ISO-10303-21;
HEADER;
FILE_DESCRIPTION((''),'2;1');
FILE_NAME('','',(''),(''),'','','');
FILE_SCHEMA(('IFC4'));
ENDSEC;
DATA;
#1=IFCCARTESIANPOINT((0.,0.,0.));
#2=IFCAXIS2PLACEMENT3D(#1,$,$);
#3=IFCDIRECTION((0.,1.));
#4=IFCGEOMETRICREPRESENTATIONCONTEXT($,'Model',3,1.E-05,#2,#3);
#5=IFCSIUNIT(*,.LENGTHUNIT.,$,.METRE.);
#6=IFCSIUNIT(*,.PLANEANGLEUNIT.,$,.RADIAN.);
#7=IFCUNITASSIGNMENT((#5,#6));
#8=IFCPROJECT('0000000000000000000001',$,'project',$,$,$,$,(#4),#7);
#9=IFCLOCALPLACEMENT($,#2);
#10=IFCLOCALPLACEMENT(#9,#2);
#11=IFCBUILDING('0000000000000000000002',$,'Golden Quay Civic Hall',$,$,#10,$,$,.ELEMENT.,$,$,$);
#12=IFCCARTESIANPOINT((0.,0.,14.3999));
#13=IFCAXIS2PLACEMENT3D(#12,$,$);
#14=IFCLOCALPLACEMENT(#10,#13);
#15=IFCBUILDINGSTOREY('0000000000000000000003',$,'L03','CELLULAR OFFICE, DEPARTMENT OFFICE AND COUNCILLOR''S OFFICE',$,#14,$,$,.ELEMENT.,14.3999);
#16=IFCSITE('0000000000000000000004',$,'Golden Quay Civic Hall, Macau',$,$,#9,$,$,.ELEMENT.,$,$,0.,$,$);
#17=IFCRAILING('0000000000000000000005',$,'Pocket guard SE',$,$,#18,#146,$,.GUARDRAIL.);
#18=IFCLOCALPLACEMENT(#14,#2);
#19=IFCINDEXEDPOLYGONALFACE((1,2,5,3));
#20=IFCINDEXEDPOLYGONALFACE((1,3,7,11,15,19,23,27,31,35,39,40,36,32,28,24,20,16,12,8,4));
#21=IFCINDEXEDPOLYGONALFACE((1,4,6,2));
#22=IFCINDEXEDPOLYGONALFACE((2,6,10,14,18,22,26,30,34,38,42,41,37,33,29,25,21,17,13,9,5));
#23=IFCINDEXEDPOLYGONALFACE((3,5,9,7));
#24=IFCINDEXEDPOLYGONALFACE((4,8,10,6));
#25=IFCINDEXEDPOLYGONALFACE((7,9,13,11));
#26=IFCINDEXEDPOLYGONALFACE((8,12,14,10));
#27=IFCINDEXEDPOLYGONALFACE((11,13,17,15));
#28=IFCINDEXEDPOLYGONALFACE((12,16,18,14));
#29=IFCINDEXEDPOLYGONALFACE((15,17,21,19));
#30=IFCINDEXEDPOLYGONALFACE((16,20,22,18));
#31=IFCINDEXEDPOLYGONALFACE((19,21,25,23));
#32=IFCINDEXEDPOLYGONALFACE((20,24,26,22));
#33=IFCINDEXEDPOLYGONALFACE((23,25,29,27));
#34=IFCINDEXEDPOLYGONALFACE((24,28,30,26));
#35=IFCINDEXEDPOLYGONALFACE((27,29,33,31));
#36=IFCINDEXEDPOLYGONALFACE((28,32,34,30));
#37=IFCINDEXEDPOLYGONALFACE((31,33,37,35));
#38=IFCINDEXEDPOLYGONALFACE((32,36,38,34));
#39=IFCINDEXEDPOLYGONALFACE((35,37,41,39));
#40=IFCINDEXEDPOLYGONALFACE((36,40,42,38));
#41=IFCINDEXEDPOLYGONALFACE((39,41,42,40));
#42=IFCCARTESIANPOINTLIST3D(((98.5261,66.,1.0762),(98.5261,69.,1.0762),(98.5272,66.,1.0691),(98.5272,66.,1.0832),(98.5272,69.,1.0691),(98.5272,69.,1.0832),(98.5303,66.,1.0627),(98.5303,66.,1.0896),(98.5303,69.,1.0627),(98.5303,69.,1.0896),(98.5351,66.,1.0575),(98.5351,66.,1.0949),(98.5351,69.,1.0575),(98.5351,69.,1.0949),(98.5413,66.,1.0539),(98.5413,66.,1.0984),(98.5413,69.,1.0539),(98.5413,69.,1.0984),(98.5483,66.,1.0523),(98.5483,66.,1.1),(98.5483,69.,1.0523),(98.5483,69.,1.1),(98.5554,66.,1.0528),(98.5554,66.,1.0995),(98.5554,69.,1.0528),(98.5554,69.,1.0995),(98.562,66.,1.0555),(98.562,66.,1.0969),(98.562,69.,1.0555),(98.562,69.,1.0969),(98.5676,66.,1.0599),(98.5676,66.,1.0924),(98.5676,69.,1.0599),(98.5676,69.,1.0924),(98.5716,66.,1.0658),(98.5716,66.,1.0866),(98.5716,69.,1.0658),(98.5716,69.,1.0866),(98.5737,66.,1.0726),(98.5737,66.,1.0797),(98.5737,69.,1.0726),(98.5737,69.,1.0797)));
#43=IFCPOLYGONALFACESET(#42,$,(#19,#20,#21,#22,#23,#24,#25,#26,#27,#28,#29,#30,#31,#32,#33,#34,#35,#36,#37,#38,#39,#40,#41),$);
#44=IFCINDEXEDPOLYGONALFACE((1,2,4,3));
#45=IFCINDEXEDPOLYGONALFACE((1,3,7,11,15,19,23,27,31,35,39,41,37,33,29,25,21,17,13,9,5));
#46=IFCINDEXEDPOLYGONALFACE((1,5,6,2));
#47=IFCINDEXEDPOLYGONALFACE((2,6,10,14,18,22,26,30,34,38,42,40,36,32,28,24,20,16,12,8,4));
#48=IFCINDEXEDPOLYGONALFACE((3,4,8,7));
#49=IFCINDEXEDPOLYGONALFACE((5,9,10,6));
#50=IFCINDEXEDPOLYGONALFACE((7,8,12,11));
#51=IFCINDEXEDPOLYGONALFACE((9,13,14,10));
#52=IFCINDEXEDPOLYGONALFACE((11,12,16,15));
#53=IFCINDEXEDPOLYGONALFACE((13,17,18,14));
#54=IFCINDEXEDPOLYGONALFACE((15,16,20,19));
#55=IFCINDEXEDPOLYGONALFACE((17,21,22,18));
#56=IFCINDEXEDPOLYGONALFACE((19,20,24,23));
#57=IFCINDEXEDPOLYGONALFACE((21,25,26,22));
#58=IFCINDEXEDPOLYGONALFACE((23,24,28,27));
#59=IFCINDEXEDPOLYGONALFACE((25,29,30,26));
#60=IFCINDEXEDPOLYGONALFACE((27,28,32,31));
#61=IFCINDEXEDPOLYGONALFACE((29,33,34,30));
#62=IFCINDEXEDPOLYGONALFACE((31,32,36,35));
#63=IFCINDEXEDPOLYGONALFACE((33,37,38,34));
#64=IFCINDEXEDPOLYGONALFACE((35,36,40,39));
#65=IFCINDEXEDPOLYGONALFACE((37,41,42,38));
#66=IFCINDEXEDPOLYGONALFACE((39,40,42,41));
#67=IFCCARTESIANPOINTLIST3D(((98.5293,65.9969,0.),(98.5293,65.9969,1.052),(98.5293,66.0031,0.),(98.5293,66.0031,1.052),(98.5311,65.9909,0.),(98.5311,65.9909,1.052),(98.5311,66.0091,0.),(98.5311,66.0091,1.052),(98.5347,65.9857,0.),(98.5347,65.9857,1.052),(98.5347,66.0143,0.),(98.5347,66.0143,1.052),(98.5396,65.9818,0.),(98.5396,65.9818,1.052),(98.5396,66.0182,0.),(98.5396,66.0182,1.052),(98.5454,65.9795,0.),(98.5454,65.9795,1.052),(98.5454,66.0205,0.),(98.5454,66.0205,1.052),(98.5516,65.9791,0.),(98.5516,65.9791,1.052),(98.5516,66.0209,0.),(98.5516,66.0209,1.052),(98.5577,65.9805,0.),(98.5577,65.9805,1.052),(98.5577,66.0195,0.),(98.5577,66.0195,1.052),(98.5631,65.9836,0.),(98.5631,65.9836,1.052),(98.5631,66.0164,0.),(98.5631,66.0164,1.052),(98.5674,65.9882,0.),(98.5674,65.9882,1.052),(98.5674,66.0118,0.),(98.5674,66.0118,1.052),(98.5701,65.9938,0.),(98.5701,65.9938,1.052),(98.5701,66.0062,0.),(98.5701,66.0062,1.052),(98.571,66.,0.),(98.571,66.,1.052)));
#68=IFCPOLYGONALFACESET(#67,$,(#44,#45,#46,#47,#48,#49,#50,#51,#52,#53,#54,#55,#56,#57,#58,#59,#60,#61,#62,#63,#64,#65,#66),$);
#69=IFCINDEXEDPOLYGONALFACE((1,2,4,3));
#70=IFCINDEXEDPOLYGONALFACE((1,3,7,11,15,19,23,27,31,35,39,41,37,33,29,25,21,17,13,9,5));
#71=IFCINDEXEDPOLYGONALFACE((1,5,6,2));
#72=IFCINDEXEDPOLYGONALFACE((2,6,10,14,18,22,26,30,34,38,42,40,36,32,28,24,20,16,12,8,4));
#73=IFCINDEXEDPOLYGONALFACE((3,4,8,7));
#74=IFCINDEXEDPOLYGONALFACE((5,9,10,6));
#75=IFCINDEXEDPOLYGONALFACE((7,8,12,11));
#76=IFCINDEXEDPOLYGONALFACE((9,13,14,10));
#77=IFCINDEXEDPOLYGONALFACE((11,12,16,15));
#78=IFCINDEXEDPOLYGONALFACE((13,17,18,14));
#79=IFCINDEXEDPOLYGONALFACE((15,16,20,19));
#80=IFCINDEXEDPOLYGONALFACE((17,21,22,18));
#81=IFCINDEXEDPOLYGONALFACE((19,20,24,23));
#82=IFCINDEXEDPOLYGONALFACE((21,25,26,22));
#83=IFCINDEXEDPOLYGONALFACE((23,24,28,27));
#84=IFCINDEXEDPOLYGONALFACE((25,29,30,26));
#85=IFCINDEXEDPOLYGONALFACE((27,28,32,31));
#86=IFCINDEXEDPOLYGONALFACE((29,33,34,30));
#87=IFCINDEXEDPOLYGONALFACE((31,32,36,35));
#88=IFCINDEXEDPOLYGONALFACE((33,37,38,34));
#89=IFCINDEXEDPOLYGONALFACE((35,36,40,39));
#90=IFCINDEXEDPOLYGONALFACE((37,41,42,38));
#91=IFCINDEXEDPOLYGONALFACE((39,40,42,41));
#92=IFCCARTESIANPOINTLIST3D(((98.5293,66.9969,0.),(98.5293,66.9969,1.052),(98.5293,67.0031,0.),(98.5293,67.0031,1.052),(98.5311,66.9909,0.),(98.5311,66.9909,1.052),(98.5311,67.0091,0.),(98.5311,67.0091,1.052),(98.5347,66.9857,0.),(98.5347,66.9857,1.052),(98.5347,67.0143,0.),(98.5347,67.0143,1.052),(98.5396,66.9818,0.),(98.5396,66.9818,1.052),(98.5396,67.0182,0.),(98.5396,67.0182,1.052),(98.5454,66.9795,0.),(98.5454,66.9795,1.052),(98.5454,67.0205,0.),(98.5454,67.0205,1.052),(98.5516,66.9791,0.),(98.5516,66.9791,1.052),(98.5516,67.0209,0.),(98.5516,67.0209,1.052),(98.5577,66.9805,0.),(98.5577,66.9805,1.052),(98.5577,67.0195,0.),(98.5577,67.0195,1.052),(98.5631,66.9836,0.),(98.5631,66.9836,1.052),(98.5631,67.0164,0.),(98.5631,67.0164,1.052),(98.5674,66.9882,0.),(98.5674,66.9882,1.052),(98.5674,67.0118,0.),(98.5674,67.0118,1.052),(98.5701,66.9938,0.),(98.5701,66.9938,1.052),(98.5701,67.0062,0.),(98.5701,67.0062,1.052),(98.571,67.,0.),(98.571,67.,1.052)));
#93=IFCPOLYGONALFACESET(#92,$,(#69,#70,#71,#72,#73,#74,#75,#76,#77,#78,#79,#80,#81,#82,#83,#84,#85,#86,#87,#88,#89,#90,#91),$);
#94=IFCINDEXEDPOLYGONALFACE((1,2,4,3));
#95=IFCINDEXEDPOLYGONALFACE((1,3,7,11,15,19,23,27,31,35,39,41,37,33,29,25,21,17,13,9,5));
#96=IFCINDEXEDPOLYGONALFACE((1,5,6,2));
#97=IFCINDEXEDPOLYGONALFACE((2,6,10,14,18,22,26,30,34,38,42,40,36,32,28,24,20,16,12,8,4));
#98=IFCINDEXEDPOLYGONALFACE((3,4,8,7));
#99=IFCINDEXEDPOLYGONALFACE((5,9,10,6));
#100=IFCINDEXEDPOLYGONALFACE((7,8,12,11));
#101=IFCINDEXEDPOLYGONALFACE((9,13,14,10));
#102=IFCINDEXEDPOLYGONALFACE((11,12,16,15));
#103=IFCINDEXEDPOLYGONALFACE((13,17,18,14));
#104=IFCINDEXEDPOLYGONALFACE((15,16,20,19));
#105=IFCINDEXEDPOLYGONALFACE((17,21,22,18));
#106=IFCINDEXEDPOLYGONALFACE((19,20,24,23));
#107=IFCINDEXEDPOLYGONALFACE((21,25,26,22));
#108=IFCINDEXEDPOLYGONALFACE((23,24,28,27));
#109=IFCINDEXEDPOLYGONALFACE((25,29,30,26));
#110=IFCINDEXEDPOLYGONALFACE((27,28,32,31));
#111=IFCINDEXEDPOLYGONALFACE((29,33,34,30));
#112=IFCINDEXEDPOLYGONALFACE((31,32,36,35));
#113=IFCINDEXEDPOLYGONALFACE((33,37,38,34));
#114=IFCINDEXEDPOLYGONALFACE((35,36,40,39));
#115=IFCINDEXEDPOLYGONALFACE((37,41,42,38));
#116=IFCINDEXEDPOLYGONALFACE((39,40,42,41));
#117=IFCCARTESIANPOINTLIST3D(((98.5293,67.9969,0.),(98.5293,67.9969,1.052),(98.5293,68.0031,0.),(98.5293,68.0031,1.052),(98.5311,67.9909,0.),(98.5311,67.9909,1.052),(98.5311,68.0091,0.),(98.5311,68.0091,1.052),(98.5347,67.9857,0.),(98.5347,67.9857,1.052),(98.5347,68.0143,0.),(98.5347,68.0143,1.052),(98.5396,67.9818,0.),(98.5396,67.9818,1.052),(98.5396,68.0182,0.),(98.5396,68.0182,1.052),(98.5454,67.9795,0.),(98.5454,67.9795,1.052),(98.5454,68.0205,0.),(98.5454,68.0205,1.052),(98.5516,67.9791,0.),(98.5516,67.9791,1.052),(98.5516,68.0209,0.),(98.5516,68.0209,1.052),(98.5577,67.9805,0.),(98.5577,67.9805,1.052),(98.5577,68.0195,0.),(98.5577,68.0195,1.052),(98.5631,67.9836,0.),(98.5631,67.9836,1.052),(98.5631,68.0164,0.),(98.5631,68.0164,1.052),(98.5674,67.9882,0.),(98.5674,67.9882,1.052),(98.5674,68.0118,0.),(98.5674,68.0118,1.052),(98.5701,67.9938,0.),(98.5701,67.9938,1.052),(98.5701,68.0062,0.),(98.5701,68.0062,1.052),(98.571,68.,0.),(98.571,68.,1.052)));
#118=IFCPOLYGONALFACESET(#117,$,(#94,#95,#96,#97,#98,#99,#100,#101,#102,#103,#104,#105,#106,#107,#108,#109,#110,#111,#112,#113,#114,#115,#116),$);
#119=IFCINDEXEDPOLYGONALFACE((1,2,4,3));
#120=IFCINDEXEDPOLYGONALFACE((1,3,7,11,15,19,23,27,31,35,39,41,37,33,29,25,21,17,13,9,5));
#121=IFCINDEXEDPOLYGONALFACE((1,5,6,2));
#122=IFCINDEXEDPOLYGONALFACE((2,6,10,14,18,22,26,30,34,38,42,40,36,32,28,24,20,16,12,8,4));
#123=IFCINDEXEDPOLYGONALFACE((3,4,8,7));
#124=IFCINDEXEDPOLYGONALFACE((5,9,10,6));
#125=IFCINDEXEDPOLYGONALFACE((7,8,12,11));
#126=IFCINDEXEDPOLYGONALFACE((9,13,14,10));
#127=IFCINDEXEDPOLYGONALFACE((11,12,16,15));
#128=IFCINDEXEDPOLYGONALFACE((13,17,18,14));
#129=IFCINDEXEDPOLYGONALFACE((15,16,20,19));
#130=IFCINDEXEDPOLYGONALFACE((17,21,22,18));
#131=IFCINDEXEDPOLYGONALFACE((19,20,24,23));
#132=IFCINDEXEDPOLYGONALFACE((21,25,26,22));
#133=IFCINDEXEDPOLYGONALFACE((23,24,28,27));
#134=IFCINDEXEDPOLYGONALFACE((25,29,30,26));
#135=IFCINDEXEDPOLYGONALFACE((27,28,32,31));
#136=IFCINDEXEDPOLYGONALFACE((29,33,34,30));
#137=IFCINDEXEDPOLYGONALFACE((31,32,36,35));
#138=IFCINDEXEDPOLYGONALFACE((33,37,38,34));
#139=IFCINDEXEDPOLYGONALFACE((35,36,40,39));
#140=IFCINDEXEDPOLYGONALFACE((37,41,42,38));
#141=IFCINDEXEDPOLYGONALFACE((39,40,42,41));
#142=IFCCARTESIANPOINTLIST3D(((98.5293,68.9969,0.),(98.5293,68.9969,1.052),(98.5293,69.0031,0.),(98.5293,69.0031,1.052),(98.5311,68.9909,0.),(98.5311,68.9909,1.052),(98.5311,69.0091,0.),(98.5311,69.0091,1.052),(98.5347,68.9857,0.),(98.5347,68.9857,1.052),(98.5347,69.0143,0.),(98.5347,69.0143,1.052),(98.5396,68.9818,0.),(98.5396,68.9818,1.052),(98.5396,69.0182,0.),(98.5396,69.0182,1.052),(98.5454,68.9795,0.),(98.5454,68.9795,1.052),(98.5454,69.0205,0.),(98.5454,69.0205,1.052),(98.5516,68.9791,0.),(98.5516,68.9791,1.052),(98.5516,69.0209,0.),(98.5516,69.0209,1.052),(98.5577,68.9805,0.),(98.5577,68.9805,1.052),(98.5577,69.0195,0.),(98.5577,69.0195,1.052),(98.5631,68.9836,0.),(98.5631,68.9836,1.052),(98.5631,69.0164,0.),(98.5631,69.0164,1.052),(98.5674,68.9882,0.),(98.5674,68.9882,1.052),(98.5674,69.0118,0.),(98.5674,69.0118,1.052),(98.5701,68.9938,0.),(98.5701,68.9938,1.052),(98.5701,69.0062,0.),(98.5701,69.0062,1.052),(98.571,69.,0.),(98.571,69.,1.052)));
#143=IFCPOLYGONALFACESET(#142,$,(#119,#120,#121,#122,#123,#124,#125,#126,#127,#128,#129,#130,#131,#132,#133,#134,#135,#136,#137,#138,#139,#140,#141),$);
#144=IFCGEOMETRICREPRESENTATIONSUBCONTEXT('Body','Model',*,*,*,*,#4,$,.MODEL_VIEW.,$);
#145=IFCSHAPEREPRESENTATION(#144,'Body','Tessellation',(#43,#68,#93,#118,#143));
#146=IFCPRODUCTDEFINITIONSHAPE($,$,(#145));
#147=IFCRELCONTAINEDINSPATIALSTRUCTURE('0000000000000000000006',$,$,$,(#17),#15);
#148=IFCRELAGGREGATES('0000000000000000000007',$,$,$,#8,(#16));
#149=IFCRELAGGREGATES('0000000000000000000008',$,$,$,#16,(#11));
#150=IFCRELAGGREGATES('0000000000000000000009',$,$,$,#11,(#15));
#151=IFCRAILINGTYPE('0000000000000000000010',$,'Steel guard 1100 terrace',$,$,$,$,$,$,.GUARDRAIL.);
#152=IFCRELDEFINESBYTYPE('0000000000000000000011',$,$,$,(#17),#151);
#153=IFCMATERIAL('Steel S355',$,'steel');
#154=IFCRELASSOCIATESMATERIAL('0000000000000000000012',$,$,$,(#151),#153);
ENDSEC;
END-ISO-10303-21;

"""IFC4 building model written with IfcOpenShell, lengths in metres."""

from ifc_helpers import new_model, si_unit, direction, frame, origin, origin_2d, place, context, subcontext, project, spatial, circle, extrude, material, type_object, element, save


model = new_model("IFC4")

# Units and contexts
model_context = context("Model", 3, precision=1e-05, world=origin(), true_north=direction((0.0, 1.0)))
body_context = subcontext(model_context, "Body", "Model", "MODEL_VIEW")
ifc_project = project(units=[si_unit("LENGTHUNIT", "METRE"), si_unit("PLANEANGLEUNIT", "RADIAN")], contexts=[model_context])

# Site, building, storey
site_placement = place(None, origin())
site = spatial("IfcSite", under=ifc_project, at=site_placement, Name="Golden Quay Civic Hall, Macau", CompositionType="ELEMENT", RefElevation=0.0)
building_placement = place(site_placement, origin())
building = spatial("IfcBuilding", under=site, at=building_placement, Name="Golden Quay Civic Hall", CompositionType="ELEMENT")
storey_placement = place(building_placement, frame((0.0, 0.0, 14.3999)))
storey = spatial("IfcBuildingStorey", under=building, at=storey_placement, Name="L03", Description="CELLULAR OFFICE, DEPARTMENT OFFICE AND COUNCILLOR'S OFFICE", CompositionType="ELEMENT", Elevation=14.3999)

# Railing
ifc_material_1 = material(Name="Steel S355", Category="steel")
railing_type_1 = type_object("IfcRailingType", Name="Steel guard 1100 terrace", PredefinedType="GUARDRAIL", material=ifc_material_1)
railing_1_placement = place(storey_placement, frame((98.55, 66.0, 0.0)))
element("IfcRailing", 1, at=railing_1_placement, inside=storey, type_object=railing_type_1, Name="Pocket guard SE", PredefinedType="GUARDRAIL", context=body_context, shape_type="SweptSolid", body=[
    extrude(circle(Radius=0.0239, at=origin_2d()), frame((0.0, 0.0, 1.0762), z_axis=(0.0, 1.0, 0.0), x_axis=(-1.0, 0.0, 0.0)), (0.0, 0.0, 1.0), 3.0),
    extrude(circle(Radius=0.021, at=origin_2d()), origin(), (0.0, 0.0, 1.0), 1.052),
    extrude(circle(Radius=0.021, at=origin_2d()), frame((0.0, 1.0, 0.0)), (0.0, 0.0, 1.0), 1.052),
    extrude(circle(Radius=0.021, at=origin_2d()), frame((0.0, 2.0, 0.0)), (0.0, 0.0, 1.0), 1.052),
    extrude(circle(Radius=0.021, at=origin_2d()), frame((0.0, 3.0, 0.0)), (0.0, 0.0, 1.0), 1.052),
])

save(model, "model.ifc")
